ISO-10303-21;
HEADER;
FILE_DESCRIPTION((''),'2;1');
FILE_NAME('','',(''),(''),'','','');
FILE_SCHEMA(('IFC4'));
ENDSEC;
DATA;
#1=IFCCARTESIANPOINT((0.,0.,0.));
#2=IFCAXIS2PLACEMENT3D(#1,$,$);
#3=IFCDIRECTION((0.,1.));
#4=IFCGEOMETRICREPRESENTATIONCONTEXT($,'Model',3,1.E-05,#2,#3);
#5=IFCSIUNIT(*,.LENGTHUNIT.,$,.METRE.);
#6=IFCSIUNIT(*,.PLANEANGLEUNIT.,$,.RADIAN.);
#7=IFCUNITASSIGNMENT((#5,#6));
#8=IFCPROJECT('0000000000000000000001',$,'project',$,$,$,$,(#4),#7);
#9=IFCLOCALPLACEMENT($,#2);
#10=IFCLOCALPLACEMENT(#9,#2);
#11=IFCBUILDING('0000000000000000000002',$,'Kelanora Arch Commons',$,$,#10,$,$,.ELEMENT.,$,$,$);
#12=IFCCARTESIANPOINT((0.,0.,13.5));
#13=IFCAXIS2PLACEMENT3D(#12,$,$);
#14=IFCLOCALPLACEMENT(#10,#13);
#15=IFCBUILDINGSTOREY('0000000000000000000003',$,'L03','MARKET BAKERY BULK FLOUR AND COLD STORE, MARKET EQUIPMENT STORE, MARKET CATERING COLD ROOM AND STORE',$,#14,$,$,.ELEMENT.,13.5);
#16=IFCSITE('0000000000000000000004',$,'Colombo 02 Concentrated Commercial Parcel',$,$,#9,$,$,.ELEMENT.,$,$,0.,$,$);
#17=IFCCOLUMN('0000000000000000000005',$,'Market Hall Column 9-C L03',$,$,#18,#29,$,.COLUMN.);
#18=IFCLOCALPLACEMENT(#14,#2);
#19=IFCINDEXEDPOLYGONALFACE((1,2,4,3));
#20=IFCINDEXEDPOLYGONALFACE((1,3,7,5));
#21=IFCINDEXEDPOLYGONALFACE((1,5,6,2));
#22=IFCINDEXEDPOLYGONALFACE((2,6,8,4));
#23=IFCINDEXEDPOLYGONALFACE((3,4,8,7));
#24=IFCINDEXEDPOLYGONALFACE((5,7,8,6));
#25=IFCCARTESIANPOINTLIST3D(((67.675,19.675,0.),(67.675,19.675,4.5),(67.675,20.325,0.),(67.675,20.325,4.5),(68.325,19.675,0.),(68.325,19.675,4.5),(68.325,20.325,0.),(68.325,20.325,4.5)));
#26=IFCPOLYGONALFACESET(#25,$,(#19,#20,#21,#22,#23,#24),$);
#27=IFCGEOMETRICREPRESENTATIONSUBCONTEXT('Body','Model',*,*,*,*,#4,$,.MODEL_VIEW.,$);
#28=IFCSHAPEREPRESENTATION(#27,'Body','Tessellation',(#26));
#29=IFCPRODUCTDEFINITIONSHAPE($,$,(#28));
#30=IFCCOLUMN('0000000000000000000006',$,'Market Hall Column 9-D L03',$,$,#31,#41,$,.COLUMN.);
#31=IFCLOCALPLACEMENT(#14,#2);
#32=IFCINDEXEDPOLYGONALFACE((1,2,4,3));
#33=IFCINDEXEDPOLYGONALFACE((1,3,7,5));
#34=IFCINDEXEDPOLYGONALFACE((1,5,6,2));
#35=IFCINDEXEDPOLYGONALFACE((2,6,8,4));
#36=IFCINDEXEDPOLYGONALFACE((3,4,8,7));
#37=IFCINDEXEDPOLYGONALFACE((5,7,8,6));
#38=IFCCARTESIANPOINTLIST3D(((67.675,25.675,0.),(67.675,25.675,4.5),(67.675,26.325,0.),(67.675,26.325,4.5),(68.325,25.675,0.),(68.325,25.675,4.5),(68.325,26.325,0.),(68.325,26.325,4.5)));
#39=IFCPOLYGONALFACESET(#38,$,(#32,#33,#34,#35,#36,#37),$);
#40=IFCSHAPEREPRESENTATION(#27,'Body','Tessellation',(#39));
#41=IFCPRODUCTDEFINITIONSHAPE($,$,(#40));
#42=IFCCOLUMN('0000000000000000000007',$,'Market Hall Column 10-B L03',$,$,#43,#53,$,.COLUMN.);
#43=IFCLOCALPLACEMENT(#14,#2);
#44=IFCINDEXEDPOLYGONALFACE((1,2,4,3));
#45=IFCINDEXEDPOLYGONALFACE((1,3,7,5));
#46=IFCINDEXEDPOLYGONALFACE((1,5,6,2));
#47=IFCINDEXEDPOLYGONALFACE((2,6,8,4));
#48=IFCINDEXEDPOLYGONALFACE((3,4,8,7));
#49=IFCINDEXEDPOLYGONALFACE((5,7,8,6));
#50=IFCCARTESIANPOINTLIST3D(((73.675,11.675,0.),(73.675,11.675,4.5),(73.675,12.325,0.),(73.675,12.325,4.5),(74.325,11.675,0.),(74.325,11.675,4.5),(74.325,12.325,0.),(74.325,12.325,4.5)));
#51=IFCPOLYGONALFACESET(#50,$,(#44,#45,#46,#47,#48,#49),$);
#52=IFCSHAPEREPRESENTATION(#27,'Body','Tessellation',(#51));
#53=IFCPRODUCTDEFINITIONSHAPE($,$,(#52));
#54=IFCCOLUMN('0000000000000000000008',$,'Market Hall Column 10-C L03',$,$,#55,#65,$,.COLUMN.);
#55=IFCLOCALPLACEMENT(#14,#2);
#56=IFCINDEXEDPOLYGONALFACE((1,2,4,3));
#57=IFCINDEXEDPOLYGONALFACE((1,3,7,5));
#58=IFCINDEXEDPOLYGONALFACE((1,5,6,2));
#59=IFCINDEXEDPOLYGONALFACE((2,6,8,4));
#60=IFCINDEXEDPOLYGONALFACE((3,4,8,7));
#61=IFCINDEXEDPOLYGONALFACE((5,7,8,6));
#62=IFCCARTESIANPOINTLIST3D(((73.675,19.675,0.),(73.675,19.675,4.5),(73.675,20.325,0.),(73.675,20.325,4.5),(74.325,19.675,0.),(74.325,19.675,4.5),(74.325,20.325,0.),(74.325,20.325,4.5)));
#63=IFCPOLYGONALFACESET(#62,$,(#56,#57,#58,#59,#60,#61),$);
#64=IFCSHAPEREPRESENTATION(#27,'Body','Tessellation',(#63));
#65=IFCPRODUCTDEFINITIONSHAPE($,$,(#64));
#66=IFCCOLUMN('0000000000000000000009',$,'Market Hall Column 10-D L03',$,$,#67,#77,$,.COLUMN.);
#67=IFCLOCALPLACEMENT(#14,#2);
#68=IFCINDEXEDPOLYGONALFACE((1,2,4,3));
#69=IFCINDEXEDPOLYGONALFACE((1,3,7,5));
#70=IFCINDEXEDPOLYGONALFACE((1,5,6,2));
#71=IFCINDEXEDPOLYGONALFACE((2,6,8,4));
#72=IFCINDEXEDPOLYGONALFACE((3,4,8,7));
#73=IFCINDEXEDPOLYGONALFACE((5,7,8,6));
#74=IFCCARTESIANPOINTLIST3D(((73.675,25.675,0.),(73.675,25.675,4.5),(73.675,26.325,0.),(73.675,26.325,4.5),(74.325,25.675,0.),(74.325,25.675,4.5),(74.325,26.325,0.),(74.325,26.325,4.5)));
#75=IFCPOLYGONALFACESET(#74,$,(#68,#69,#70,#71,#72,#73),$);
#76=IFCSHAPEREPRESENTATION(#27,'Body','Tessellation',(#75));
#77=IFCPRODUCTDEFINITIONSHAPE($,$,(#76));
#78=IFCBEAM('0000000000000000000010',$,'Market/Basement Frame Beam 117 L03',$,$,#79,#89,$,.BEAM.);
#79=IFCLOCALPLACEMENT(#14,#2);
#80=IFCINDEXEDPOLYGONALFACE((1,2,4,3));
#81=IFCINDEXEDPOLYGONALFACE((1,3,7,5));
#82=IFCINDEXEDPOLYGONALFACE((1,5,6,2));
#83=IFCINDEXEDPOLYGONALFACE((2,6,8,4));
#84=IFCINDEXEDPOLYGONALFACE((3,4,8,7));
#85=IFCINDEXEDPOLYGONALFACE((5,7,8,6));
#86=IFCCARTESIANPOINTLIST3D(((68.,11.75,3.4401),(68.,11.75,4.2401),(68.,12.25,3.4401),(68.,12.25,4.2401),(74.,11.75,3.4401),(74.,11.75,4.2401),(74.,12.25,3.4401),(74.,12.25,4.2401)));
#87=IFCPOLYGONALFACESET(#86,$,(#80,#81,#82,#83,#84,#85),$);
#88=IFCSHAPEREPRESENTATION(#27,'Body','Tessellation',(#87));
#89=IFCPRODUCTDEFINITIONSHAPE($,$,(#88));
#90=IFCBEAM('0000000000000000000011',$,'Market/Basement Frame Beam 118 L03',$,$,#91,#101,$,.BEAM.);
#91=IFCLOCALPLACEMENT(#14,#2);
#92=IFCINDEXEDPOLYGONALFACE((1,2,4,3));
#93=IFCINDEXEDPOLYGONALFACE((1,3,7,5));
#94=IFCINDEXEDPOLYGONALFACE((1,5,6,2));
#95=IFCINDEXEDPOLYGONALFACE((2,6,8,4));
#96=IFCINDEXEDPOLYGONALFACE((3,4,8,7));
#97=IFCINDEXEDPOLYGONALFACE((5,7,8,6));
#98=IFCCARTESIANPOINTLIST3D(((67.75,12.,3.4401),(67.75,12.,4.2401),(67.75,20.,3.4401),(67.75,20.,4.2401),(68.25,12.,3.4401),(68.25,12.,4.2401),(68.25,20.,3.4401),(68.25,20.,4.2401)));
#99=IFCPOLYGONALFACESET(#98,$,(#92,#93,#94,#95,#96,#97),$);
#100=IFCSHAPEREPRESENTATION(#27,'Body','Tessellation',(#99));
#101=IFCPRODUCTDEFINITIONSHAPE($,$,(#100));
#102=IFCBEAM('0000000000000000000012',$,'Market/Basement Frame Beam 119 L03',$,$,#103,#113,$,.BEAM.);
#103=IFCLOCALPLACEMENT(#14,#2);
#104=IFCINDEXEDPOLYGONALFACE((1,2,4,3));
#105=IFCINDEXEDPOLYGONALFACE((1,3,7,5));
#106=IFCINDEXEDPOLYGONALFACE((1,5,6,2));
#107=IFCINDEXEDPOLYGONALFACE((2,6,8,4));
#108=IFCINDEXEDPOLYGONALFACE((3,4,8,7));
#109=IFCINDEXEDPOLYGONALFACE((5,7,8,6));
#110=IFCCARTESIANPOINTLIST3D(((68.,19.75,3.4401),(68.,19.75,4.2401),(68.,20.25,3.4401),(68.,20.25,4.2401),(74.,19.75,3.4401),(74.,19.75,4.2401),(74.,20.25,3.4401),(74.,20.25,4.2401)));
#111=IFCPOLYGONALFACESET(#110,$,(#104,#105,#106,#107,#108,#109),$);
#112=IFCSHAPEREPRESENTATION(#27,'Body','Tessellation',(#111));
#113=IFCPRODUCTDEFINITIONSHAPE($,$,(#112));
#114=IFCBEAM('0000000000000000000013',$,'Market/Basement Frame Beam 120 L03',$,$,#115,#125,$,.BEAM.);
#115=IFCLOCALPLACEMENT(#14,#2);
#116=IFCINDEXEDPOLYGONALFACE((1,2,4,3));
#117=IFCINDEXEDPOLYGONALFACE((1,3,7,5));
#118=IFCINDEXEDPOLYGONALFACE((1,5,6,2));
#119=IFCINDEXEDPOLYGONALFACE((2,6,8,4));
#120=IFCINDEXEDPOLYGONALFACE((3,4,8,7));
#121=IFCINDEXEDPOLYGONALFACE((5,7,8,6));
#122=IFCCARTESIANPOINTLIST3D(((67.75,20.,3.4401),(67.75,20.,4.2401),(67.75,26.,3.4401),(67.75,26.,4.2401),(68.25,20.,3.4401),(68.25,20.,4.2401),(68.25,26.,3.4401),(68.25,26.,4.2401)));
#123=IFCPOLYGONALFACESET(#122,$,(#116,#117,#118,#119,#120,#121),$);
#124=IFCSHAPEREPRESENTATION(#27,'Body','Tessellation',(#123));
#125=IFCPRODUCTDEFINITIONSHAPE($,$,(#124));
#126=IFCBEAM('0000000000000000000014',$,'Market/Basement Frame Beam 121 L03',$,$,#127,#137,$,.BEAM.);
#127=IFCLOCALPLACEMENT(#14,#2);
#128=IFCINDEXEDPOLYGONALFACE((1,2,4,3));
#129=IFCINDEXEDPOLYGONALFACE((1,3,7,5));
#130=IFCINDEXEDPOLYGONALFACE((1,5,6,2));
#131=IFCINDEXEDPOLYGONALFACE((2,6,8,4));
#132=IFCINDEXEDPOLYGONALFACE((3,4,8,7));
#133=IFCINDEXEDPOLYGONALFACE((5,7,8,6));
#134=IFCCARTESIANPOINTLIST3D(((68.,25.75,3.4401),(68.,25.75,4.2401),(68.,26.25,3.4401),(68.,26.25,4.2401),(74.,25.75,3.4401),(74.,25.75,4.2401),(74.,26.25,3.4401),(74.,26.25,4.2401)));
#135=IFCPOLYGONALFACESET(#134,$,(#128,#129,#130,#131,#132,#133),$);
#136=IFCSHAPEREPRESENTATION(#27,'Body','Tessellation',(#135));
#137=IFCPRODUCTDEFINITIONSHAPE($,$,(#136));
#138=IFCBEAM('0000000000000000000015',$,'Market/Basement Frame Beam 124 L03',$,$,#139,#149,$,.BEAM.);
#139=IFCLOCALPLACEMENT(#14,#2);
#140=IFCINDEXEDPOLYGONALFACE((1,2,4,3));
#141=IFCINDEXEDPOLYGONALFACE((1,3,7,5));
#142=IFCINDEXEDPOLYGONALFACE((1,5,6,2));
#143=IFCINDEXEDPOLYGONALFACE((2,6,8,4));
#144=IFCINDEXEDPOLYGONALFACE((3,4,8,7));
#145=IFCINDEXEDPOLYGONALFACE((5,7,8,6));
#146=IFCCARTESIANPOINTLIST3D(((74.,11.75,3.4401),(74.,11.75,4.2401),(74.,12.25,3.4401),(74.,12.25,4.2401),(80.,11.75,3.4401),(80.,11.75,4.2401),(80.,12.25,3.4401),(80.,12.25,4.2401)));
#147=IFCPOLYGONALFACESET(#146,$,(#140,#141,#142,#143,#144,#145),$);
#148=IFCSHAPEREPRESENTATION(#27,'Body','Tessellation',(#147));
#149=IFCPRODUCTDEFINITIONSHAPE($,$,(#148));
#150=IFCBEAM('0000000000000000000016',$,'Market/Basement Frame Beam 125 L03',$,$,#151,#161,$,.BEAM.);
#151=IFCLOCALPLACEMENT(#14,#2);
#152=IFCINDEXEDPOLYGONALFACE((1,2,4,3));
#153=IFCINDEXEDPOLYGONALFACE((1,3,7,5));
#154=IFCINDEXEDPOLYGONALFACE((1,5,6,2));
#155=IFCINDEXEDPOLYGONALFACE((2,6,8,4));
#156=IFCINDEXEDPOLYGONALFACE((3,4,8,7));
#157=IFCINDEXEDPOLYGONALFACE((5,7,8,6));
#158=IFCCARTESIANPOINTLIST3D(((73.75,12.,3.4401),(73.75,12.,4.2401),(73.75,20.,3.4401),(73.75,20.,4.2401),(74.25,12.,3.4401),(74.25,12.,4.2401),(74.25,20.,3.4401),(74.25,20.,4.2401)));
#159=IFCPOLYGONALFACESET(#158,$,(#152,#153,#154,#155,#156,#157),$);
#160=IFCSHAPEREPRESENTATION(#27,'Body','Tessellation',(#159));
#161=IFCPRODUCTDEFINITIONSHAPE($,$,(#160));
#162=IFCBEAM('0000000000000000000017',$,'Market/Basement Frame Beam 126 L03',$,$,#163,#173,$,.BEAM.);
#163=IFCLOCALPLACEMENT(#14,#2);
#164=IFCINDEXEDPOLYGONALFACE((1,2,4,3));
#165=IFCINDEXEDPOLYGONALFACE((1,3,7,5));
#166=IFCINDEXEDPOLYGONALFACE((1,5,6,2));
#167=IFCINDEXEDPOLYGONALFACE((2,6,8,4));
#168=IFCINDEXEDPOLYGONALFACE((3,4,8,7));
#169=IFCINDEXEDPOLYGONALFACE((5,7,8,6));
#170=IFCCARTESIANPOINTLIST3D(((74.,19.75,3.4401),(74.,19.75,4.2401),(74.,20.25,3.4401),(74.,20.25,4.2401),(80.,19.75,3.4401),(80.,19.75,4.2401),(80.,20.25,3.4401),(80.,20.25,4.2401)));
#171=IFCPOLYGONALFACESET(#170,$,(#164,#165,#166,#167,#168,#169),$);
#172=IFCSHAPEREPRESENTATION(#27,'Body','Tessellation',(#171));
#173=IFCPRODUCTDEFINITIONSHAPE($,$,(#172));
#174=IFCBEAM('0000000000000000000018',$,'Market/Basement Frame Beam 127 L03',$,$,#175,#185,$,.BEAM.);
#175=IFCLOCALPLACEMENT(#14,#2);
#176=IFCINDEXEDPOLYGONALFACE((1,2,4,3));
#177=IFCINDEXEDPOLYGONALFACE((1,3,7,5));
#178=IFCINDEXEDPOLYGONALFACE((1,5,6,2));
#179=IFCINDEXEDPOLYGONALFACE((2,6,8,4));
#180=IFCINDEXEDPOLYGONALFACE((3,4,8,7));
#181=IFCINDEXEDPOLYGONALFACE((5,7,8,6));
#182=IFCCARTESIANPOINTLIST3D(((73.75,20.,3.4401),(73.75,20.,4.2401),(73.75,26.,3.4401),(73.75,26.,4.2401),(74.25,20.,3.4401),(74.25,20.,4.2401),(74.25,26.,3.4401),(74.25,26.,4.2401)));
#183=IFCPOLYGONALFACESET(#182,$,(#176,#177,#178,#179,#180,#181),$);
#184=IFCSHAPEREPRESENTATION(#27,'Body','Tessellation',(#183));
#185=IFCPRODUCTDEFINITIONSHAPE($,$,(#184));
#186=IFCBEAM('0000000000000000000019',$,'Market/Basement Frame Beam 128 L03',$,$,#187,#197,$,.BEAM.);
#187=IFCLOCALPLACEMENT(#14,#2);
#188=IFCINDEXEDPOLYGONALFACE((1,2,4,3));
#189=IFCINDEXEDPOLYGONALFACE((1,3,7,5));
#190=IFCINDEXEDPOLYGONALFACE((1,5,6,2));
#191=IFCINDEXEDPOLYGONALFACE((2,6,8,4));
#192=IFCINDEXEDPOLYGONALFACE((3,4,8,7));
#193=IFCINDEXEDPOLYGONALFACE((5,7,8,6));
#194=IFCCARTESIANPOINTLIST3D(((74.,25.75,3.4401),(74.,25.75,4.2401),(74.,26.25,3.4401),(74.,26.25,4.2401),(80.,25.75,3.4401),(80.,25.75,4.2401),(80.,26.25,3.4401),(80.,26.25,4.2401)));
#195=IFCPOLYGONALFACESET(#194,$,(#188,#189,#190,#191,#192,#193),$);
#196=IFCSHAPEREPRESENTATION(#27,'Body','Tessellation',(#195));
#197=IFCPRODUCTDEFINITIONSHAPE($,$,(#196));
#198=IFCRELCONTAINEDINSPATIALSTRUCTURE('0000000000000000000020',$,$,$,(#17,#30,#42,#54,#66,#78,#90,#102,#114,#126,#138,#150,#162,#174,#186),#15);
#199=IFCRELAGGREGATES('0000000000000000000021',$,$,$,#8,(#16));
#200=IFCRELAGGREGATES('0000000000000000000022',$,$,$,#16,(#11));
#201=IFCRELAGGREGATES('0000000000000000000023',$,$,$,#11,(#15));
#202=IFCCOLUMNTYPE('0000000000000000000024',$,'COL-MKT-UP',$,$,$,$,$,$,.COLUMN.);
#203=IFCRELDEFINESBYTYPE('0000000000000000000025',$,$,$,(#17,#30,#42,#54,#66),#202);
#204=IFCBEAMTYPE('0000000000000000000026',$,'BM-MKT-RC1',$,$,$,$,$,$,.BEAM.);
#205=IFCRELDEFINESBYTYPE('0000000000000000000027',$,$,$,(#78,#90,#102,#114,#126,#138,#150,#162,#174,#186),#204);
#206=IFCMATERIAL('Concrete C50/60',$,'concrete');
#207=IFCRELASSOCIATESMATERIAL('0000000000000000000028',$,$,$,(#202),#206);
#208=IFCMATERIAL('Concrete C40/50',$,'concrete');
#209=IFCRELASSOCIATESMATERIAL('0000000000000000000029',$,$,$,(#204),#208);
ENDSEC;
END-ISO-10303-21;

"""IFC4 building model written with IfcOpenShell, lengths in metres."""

from ifc_helpers import new_model, si_unit, direction, frame, origin, origin_2d, place, context, subcontext, project, spatial, rectangle, extrude, material, material_profile, profile_set, type_object, element, save


model = new_model("IFC4")

# Units and contexts
model_context = context("Model", 3, precision=1e-05, world=origin(), true_north=direction((0.0, 1.0)))
body_context = subcontext(model_context, "Body", "Model", "MODEL_VIEW")
ifc_project = project(units=[si_unit("LENGTHUNIT", "METRE"), si_unit("PLANEANGLEUNIT", "RADIAN")], contexts=[model_context])

# Site, building, storey
site_placement = place(None, origin())
site = spatial("IfcSite", under=ifc_project, at=site_placement, Name="Colombo 02 Concentrated Commercial Parcel", CompositionType="ELEMENT", RefElevation=0.0)
building_placement = place(site_placement, origin())
building = spatial("IfcBuilding", under=site, at=building_placement, Name="Kelanora Arch Commons", CompositionType="ELEMENT")
storey_placement = place(building_placement, frame((0.0, 0.0, 13.5)))
storey = spatial("IfcBuildingStorey", under=building, at=storey_placement, Name="L03", Description="MARKET BAKERY BULK FLOUR AND COLD STORE, MARKET EQUIPMENT STORE, MARKET CATERING COLD ROOM AND STORE", CompositionType="ELEMENT", Elevation=13.5)

# Columns
ifc_material_1 = material(Name="Concrete C50/60", Category="concrete")
ifc_material_profile_1 = material_profile(ifc_material_1, rectangle(XDim=0.6499, YDim=0.6499, at=origin_2d()), Name="RC650x650")
ifc_profile_set_1 = profile_set([ifc_material_profile_1], Name="Concrete C50/60")
column_type = type_object("IfcColumnType", Name="COL-MKT-UP", PredefinedType="COLUMN", material=ifc_profile_set_1)
for number, where, z_axis, x_axis, name in (
    (1, (68.0, 20.0, 0.0), (0.0, 0.0, 1.0), (1.0, 0.0, 0.0), "Market Hall Column 9-C L03"),
    (2, (68.0, 26.0, 0.0), (0.0, 0.0, 1.0), (1.0, 0.0, 0.0), "Market Hall Column 9-D L03"),
    (3, (74.0, 12.0, 0.0), (0.0, 0.0, 1.0), (1.0, 0.0, 0.0), "Market Hall Column 10-B L03"),
    (4, (74.0, 20.0, 0.0), (0.0, 0.0, 1.0), (1.0, 0.0, 0.0), "Market Hall Column 10-C L03"),
    (5, (74.0, 26.0, 0.0), (0.0, 0.0, 1.0), (1.0, 0.0, 0.0), "Market Hall Column 10-D L03"),
):
    element("IfcColumn", number, at=place(storey_placement, frame(where, z_axis=z_axis, x_axis=x_axis)), inside=storey, type_object=column_type, Name=name, PredefinedType="COLUMN", context=body_context, shape_type="SweptSolid", body=[
        extrude(rectangle(XDim=0.6499, YDim=0.6499, at=origin_2d()), origin(), (0.0, 0.0, 1.0), 4.5),
    ])

# Beams
ifc_material_2 = material(Name="Concrete C40/50", Category="concrete")
ifc_material_profile_2 = material_profile(ifc_material_2, rectangle(XDim=0.5, YDim=0.8, at=origin_2d()), Name="RCB500x800")
ifc_profile_set_2 = profile_set([ifc_material_profile_2], Name="Concrete C40/50")
beam_type = type_object("IfcBeamType", Name="BM-MKT-RC1", PredefinedType="BEAM", material=ifc_profile_set_2)
beam_1_placement = place(storey_placement, frame((68.0, 12.0, 3.8401), z_axis=(1.0, 0.0, 0.0), x_axis=(0.0, 1.0, 0.0)))
element("IfcBeam", 6, at=beam_1_placement, inside=storey, type_object=beam_type, Name="Market/Basement Frame Beam 117 L03", PredefinedType="BEAM", context=body_context, shape_type="SweptSolid", body=[
    extrude(rectangle(XDim=0.5, YDim=0.8, at=origin_2d()), origin(), (0.0, 0.0, 1.0), 6.0),
])
beam_2_placement = place(storey_placement, frame((68.0, 12.0, 3.8401), z_axis=(0.0, 1.0, 0.0), x_axis=(-1.0, 0.0, 0.0)))
element("IfcBeam", 7, at=beam_2_placement, inside=storey, type_object=beam_type, Name="Market/Basement Frame Beam 118 L03", PredefinedType="BEAM", context=body_context, shape_type="SweptSolid", body=[
    extrude(rectangle(XDim=0.5, YDim=0.8, at=origin_2d()), origin(), (0.0, 0.0, 1.0), 8.0),
])
for number, where, z_axis, x_axis, name in (
    (8, (68.0, 20.0, 3.8401), (1.0, 0.0, 0.0), (0.0, 1.0, 0.0), "Market/Basement Frame Beam 119 L03"),
    (9, (68.0, 20.0, 3.8401), (0.0, 1.0, 0.0), (-1.0, 0.0, 0.0), "Market/Basement Frame Beam 120 L03"),
    (10, (68.0, 26.0, 3.8401), (1.0, 0.0, 0.0), (0.0, 1.0, 0.0), "Market/Basement Frame Beam 121 L03"),
    (11, (74.0, 12.0, 3.8401), (1.0, 0.0, 0.0), (0.0, 1.0, 0.0), "Market/Basement Frame Beam 124 L03"),
):
    element("IfcBeam", number, at=place(storey_placement, frame(where, z_axis=z_axis, x_axis=x_axis)), inside=storey, type_object=beam_type, Name=name, PredefinedType="BEAM", context=body_context, shape_type="SweptSolid", body=[
        extrude(rectangle(XDim=0.5, YDim=0.8, at=origin_2d()), origin(), (0.0, 0.0, 1.0), 6.0),
    ])
beam_3_placement = place(storey_placement, frame((74.0, 12.0, 3.8401), z_axis=(0.0, 1.0, 0.0), x_axis=(-1.0, 0.0, 0.0)))
element("IfcBeam", 12, at=beam_3_placement, inside=storey, type_object=beam_type, Name="Market/Basement Frame Beam 125 L03", PredefinedType="BEAM", context=body_context, shape_type="SweptSolid", body=[
    extrude(rectangle(XDim=0.5, YDim=0.8, at=origin_2d()), origin(), (0.0, 0.0, 1.0), 8.0),
])
for number, where, z_axis, x_axis, name in (
    (13, (74.0, 20.0, 3.8401), (1.0, 0.0, 0.0), (0.0, 1.0, 0.0), "Market/Basement Frame Beam 126 L03"),
    (14, (74.0, 20.0, 3.8401), (0.0, 1.0, 0.0), (-1.0, 0.0, 0.0), "Market/Basement Frame Beam 127 L03"),
    (15, (74.0, 26.0, 3.8401), (1.0, 0.0, 0.0), (0.0, 1.0, 0.0), "Market/Basement Frame Beam 128 L03"),
):
    element("IfcBeam", number, at=place(storey_placement, frame(where, z_axis=z_axis, x_axis=x_axis)), inside=storey, type_object=beam_type, Name=name, PredefinedType="BEAM", context=body_context, shape_type="SweptSolid", body=[
        extrude(rectangle(XDim=0.5, YDim=0.8, at=origin_2d()), origin(), (0.0, 0.0, 1.0), 6.0),
    ])

save(model, "model.ifc")
